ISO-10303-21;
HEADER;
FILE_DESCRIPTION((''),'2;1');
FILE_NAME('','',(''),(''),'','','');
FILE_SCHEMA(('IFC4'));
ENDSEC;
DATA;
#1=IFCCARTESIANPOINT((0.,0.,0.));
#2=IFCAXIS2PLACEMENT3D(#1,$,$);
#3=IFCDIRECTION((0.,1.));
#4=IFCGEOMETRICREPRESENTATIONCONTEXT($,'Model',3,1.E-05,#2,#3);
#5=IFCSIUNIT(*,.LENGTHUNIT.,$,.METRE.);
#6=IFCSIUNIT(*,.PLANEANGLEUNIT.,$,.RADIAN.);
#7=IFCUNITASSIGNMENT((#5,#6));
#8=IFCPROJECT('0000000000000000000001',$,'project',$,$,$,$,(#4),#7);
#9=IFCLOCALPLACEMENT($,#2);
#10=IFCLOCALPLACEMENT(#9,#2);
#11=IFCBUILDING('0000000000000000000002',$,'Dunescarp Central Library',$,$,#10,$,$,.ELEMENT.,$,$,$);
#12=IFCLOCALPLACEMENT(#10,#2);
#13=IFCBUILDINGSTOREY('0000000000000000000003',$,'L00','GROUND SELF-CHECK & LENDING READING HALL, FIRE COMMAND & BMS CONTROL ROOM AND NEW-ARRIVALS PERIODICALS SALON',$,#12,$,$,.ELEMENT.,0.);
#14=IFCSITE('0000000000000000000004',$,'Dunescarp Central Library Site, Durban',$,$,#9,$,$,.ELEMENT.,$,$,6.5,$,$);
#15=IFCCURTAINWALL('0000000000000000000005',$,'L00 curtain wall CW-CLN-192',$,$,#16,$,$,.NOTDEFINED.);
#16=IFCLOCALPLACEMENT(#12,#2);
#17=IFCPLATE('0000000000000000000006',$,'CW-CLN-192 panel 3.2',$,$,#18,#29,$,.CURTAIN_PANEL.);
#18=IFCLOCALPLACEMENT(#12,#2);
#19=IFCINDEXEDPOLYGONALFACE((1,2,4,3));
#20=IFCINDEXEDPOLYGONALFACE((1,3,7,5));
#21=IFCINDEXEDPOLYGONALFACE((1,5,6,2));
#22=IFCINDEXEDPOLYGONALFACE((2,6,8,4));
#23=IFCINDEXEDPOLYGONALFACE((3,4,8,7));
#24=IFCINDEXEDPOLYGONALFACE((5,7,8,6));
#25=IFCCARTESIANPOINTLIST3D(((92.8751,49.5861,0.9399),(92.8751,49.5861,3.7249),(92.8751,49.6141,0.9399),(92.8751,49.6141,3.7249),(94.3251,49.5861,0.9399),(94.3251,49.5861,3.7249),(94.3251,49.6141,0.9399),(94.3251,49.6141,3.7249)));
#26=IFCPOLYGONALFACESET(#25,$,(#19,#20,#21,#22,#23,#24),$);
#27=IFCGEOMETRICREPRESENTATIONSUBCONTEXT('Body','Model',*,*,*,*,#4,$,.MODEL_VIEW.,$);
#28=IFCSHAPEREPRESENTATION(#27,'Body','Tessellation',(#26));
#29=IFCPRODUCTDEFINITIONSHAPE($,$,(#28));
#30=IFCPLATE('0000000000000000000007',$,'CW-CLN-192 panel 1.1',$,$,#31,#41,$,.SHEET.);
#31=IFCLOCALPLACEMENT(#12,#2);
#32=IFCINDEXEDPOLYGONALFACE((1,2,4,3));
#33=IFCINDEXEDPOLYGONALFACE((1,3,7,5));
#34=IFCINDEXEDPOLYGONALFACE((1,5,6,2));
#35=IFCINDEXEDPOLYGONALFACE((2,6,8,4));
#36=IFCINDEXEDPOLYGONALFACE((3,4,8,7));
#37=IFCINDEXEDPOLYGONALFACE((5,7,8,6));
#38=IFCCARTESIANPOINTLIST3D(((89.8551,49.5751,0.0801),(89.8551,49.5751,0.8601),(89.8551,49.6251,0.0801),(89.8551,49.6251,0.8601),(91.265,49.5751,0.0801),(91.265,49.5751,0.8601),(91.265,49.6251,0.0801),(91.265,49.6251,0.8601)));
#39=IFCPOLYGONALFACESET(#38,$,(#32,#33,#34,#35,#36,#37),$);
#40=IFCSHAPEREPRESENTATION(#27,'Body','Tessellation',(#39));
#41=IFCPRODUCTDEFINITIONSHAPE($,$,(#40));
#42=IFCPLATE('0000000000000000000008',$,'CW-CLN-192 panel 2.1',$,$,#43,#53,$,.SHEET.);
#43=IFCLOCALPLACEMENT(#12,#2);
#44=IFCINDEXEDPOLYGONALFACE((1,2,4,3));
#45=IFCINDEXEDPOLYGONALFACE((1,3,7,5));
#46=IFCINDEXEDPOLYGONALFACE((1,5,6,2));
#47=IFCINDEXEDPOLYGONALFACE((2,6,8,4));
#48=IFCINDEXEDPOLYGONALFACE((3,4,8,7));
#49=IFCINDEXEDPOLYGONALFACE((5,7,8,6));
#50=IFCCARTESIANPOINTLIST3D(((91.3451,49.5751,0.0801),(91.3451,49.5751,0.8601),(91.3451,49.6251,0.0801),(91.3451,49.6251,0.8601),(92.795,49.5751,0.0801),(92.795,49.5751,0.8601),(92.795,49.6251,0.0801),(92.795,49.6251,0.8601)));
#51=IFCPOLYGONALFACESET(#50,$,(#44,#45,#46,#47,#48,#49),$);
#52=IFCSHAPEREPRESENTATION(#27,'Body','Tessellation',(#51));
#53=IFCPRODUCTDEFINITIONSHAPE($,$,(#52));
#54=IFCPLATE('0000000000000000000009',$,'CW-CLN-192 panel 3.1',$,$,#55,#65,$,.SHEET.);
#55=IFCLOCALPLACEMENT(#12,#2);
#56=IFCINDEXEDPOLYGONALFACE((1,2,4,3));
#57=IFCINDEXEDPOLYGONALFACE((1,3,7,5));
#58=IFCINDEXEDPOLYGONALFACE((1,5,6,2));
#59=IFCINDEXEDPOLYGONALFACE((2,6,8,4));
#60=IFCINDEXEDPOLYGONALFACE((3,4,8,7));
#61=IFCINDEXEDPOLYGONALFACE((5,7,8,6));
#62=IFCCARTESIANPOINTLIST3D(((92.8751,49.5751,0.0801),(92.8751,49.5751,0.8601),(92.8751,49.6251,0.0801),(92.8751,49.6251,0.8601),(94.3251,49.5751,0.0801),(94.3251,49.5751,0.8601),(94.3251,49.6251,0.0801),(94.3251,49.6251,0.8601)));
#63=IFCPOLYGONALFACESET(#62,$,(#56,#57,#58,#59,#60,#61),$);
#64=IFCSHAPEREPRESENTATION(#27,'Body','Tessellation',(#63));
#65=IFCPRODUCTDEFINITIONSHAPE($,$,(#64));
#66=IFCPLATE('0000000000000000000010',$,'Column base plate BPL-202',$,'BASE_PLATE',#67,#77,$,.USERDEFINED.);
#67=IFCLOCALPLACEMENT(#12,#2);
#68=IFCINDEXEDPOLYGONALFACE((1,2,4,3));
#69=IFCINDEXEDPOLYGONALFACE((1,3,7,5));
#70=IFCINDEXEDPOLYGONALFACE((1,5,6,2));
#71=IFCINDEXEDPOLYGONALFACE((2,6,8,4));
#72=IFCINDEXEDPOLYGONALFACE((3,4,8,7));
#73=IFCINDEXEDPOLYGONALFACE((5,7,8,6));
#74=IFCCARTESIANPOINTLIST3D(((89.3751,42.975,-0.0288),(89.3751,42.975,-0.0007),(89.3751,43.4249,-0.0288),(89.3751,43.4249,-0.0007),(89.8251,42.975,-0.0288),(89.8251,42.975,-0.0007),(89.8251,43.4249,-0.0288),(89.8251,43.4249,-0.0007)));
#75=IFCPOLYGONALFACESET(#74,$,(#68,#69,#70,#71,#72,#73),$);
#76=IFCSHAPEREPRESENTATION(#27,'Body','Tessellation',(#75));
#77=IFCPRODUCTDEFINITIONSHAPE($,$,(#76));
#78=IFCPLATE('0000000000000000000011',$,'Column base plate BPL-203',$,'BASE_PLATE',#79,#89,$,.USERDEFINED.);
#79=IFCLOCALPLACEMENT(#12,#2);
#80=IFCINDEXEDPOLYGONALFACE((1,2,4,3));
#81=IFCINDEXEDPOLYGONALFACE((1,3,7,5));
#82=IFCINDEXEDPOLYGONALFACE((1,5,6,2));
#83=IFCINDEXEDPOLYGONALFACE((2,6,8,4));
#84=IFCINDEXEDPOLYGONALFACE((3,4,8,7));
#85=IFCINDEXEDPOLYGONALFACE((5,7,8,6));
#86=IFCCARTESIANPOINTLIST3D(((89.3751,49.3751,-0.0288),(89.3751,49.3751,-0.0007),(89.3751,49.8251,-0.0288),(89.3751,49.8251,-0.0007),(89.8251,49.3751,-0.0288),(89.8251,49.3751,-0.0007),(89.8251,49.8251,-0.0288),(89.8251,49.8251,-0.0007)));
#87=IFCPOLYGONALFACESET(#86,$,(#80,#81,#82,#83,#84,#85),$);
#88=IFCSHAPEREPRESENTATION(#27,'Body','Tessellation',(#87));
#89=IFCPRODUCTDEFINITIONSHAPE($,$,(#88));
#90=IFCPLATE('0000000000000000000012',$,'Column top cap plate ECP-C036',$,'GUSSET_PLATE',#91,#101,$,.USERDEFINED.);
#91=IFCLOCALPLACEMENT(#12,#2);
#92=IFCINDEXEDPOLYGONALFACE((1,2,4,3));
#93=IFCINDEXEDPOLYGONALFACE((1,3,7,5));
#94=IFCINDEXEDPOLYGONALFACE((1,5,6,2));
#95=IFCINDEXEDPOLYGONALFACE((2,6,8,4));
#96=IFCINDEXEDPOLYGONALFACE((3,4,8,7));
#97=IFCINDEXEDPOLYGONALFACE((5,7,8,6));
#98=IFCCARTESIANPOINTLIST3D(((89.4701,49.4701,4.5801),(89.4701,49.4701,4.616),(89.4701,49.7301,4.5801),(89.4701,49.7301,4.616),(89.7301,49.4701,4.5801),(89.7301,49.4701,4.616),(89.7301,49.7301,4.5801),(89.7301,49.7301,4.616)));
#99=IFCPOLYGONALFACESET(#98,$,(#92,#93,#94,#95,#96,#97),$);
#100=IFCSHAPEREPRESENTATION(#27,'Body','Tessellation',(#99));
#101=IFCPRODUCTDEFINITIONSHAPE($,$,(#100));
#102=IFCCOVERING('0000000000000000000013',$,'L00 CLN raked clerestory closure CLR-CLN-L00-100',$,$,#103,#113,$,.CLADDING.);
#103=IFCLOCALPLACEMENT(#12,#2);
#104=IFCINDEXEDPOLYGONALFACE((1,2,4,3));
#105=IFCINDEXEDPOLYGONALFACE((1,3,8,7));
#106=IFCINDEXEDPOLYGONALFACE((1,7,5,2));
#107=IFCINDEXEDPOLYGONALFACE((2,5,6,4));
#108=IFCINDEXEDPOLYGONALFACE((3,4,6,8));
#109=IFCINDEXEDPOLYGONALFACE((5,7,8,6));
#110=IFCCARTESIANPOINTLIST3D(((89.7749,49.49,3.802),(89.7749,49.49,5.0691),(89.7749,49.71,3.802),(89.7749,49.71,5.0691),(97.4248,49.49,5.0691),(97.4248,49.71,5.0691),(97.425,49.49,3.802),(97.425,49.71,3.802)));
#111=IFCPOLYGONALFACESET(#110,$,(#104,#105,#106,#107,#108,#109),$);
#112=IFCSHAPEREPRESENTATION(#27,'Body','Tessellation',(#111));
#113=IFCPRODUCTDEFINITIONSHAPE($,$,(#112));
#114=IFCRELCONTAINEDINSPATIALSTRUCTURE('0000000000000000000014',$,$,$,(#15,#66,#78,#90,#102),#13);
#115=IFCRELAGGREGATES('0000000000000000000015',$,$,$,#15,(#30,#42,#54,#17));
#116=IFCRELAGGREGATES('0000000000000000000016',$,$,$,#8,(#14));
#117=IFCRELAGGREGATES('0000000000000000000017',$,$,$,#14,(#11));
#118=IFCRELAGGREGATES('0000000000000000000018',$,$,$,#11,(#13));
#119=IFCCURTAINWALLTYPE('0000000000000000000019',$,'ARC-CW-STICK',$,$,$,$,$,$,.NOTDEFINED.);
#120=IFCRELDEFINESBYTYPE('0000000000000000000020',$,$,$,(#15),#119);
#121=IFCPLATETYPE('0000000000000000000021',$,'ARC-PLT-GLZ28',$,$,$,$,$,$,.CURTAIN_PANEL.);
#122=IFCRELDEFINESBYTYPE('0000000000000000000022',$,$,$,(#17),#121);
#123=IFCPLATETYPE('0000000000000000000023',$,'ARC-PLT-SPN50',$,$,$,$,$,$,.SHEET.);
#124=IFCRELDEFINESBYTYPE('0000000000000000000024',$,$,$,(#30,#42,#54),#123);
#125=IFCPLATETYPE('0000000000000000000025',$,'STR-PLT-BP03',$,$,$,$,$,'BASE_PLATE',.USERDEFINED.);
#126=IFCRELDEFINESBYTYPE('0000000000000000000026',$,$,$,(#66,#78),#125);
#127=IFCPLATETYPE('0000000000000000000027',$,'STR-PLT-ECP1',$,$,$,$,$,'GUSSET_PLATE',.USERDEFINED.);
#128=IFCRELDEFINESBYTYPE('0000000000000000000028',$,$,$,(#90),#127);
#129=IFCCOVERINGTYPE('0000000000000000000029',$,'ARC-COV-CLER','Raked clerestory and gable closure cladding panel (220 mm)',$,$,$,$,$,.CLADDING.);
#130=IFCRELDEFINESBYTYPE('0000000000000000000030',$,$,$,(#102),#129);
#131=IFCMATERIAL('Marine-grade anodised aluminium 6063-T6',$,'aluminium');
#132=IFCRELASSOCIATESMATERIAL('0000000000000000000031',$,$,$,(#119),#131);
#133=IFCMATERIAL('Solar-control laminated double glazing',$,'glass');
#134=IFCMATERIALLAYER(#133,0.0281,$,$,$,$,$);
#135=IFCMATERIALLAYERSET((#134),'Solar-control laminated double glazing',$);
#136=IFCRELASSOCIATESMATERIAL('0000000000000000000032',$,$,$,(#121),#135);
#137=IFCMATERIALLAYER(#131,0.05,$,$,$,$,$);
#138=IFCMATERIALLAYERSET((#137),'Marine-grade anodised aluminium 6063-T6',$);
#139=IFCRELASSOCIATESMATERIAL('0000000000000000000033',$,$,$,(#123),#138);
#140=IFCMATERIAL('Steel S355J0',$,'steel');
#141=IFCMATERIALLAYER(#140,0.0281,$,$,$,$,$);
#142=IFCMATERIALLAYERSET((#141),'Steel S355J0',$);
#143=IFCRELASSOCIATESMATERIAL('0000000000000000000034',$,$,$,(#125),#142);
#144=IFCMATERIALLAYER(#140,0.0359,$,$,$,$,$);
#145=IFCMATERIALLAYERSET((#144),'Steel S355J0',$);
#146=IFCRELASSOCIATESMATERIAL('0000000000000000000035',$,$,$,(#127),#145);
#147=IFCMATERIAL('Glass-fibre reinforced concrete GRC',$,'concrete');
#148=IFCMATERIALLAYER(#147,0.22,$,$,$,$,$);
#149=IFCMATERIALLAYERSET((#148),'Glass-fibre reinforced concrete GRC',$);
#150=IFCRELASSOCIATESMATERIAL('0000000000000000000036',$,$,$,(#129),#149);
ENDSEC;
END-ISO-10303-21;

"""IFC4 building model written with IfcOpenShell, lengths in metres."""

from ifc_helpers import new_model, si_unit, direction, frame, origin, origin_2d, place, context, subcontext, project, spatial, polyline, rectangle, outline, extrude, material, layer, layer_set, type_object, element, aggregate, save


model = new_model("IFC4")

# Units and contexts
model_context = context("Model", 3, precision=1e-05, world=origin(), true_north=direction((0.0, 1.0)))
body_context = subcontext(model_context, "Body", "Model", "MODEL_VIEW")
ifc_project = project(units=[si_unit("LENGTHUNIT", "METRE"), si_unit("PLANEANGLEUNIT", "RADIAN")], contexts=[model_context])

# Site, building, storey
site_placement = place(None, origin())
site = spatial("IfcSite", under=ifc_project, at=site_placement, Name="Dunescarp Central Library Site, Durban", CompositionType="ELEMENT", RefElevation=6.5)
building_placement = place(site_placement, origin())
building = spatial("IfcBuilding", under=site, at=building_placement, Name="Dunescarp Central Library", CompositionType="ELEMENT")
storey_placement = place(building_placement, origin())
storey = spatial("IfcBuildingStorey", under=building, at=storey_placement, Name="L00", Description="GROUND SELF-CHECK & LENDING READING HALL, FIRE COMMAND & BMS CONTROL ROOM AND NEW-ARRIVALS PERIODICALS SALON", CompositionType="ELEMENT", Elevation=0.0)

# Shared definitions
ifc_material_1 = material(Name="Steel S355J0", Category="steel")

# Curtain wall, plates
ifc_material_2 = material(Name="Marine-grade anodised aluminium 6063-T6", Category="aluminium")
curtain_wall_type = type_object("IfcCurtainWallType", Name="ARC-CW-STICK", PredefinedType="NOTDEFINED", material=ifc_material_2)
curtain_wall_placement = place(storey_placement, origin())
curtain_wall = element("IfcCurtainWall", 1, at=curtain_wall_placement, inside=storey, type_object=curtain_wall_type, Name="L00 curtain wall CW-CLN-192", PredefinedType="NOTDEFINED")
ifc_material_3 = material(Name="Solar-control laminated double glazing", Category="glass")
ifc_layer_1 = layer(ifc_material_3, 0.0281)
ifc_layer_set_1 = layer_set([ifc_layer_1], Name="Solar-control laminated double glazing")
plate_type_1 = type_object("IfcPlateType", Name="ARC-PLT-GLZ28", PredefinedType="CURTAIN_PANEL", material=ifc_layer_set_1)
plate_1_placement = place(storey_placement, frame((93.6001, 49.6001, 0.9399), z_axis=(0.0, 0.0, 1.0), x_axis=(1.0, 0.0, 0.0)))
plate_1 = element("IfcPlate", 2, at=plate_1_placement, type_object=plate_type_1, Name="CW-CLN-192 panel 3.2", PredefinedType="CURTAIN_PANEL", context=body_context, shape_type="SweptSolid", body=[
    extrude(rectangle(XDim=1.45, YDim=0.0281, at=origin_2d()), origin(), (0.0, 0.0, 1.0), 2.7849),
])
ifc_layer_2 = layer(ifc_material_2, 0.05)
ifc_layer_set_2 = layer_set([ifc_layer_2], Name="Marine-grade anodised aluminium 6063-T6")
plate_type_2 = type_object("IfcPlateType", Name="ARC-PLT-SPN50", PredefinedType="SHEET", material=ifc_layer_set_2)
plate_2_placement = place(storey_placement, frame((90.5601, 49.6001, 0.0801), z_axis=(0.0, 0.0, 1.0), x_axis=(1.0, 0.0, 0.0)))
plate_2 = element("IfcPlate", 3, at=plate_2_placement, type_object=plate_type_2, Name="CW-CLN-192 panel 1.1", PredefinedType="SHEET", context=body_context, shape_type="SweptSolid", body=[
    extrude(rectangle(XDim=1.4099, YDim=0.05, at=origin_2d()), origin(), (0.0, 0.0, 1.0), 0.78),
])
plate_3_placement = place(storey_placement, frame((92.0701, 49.6001, 0.0801), z_axis=(0.0, 0.0, 1.0), x_axis=(1.0, 0.0, 0.0)))
plate_3 = element("IfcPlate", 4, at=plate_3_placement, type_object=plate_type_2, Name="CW-CLN-192 panel 2.1", PredefinedType="SHEET", context=body_context, shape_type="SweptSolid", body=[
    extrude(rectangle(XDim=1.45, YDim=0.05, at=origin_2d()), origin(), (0.0, 0.0, 1.0), 0.78),
])
plate_4_placement = place(storey_placement, frame((93.6001, 49.6001, 0.0801), z_axis=(0.0, 0.0, 1.0), x_axis=(1.0, 0.0, 0.0)))
plate_4 = element("IfcPlate", 5, at=plate_4_placement, type_object=plate_type_2, Name="CW-CLN-192 panel 3.1", PredefinedType="SHEET", context=body_context, shape_type="SweptSolid", body=[
    extrude(rectangle(XDim=1.45, YDim=0.05, at=origin_2d()), origin(), (0.0, 0.0, 1.0), 0.78),
])
aggregate(curtain_wall, [plate_2, plate_3, plate_4, plate_1])

# Plates
ifc_layer_3 = layer(ifc_material_1, 0.0281)
ifc_layer_set_3 = layer_set([ifc_layer_3], Name="Steel S355J0")
plate_type_3 = type_object("IfcPlateType", Name="STR-PLT-BP03", ElementType="BASE_PLATE", PredefinedType="USERDEFINED", material=ifc_layer_set_3)
for number, where, z_axis, x_axis, name in (
    (6, (89.6001, 43.2, -0.0288), (0.0, 0.0, 1.0), (1.0, 0.0, 0.0), "Column base plate BPL-202"),
    (7, (89.6001, 49.6001, -0.0288), (0.0, 0.0, 1.0), (1.0, 0.0, 0.0), "Column base plate BPL-203"),
):
    element("IfcPlate", number, at=place(storey_placement, frame(where, z_axis=z_axis, x_axis=x_axis)), inside=storey, type_object=plate_type_3, Name=name, ObjectType="BASE_PLATE", PredefinedType="USERDEFINED", context=body_context, shape_type="SweptSolid", body=[
        extrude(rectangle(XDim=0.45, YDim=0.45, at=origin_2d()), origin(), (0.0, 0.0, 1.0), 0.0281),
    ])
ifc_layer_4 = layer(ifc_material_1, 0.0359)
ifc_layer_set_4 = layer_set([ifc_layer_4], Name="Steel S355J0")
plate_type_4 = type_object("IfcPlateType", Name="STR-PLT-ECP1", ElementType="GUSSET_PLATE", PredefinedType="USERDEFINED", material=ifc_layer_set_4)
plate_5_placement = place(storey_placement, frame((89.6001, 49.6001, 4.5801), z_axis=(0.0, 0.0, 1.0), x_axis=(1.0, 0.0, 0.0)))
element("IfcPlate", 8, at=plate_5_placement, inside=storey, type_object=plate_type_4, Name="Column top cap plate ECP-C036", ObjectType="GUSSET_PLATE", PredefinedType="USERDEFINED", context=body_context, shape_type="SweptSolid", body=[
    extrude(rectangle(XDim=0.26, YDim=0.26, at=origin_2d()), origin(), (0.0, 0.0, 1.0), 0.0359),
])

# Covering
ifc_material_4 = material(Name="Glass-fibre reinforced concrete GRC", Category="concrete")
ifc_layer_5 = layer(ifc_material_4, 0.22)
ifc_layer_set_5 = layer_set([ifc_layer_5], Name="Glass-fibre reinforced concrete GRC")
covering_type = type_object("IfcCoveringType", Name="ARC-COV-CLER", Description="Raked clerestory and gable closure cladding panel (220 mm)", PredefinedType="CLADDING", material=ifc_layer_set_5)
covering_placement = place(storey_placement, frame((89.7749, 49.6001, 3.802), z_axis=(0.0, 0.0, 1.0), x_axis=(1.0, 0.0, 0.0)))
element("IfcCovering", 9, at=covering_placement, inside=storey, type_object=covering_type, Name="L00 CLN raked clerestory closure CLR-CLN-L00-100", PredefinedType="CLADDING", context=body_context, shape_type="SweptSolid", body=[
    extrude(outline(polyline([(0.0, 0.0), (7.6501, 0.0), (7.6499, 1.2671), (0.0, 1.2671), (0.0, 0.0)])), frame((0.0, 0.1099, 0.0), z_axis=(0.0, -1.0, 0.0), x_axis=(1.0, 0.0, 0.0)), (0.0, 0.0, 1.0), 0.22),
])

save(model, "model.ifc")
